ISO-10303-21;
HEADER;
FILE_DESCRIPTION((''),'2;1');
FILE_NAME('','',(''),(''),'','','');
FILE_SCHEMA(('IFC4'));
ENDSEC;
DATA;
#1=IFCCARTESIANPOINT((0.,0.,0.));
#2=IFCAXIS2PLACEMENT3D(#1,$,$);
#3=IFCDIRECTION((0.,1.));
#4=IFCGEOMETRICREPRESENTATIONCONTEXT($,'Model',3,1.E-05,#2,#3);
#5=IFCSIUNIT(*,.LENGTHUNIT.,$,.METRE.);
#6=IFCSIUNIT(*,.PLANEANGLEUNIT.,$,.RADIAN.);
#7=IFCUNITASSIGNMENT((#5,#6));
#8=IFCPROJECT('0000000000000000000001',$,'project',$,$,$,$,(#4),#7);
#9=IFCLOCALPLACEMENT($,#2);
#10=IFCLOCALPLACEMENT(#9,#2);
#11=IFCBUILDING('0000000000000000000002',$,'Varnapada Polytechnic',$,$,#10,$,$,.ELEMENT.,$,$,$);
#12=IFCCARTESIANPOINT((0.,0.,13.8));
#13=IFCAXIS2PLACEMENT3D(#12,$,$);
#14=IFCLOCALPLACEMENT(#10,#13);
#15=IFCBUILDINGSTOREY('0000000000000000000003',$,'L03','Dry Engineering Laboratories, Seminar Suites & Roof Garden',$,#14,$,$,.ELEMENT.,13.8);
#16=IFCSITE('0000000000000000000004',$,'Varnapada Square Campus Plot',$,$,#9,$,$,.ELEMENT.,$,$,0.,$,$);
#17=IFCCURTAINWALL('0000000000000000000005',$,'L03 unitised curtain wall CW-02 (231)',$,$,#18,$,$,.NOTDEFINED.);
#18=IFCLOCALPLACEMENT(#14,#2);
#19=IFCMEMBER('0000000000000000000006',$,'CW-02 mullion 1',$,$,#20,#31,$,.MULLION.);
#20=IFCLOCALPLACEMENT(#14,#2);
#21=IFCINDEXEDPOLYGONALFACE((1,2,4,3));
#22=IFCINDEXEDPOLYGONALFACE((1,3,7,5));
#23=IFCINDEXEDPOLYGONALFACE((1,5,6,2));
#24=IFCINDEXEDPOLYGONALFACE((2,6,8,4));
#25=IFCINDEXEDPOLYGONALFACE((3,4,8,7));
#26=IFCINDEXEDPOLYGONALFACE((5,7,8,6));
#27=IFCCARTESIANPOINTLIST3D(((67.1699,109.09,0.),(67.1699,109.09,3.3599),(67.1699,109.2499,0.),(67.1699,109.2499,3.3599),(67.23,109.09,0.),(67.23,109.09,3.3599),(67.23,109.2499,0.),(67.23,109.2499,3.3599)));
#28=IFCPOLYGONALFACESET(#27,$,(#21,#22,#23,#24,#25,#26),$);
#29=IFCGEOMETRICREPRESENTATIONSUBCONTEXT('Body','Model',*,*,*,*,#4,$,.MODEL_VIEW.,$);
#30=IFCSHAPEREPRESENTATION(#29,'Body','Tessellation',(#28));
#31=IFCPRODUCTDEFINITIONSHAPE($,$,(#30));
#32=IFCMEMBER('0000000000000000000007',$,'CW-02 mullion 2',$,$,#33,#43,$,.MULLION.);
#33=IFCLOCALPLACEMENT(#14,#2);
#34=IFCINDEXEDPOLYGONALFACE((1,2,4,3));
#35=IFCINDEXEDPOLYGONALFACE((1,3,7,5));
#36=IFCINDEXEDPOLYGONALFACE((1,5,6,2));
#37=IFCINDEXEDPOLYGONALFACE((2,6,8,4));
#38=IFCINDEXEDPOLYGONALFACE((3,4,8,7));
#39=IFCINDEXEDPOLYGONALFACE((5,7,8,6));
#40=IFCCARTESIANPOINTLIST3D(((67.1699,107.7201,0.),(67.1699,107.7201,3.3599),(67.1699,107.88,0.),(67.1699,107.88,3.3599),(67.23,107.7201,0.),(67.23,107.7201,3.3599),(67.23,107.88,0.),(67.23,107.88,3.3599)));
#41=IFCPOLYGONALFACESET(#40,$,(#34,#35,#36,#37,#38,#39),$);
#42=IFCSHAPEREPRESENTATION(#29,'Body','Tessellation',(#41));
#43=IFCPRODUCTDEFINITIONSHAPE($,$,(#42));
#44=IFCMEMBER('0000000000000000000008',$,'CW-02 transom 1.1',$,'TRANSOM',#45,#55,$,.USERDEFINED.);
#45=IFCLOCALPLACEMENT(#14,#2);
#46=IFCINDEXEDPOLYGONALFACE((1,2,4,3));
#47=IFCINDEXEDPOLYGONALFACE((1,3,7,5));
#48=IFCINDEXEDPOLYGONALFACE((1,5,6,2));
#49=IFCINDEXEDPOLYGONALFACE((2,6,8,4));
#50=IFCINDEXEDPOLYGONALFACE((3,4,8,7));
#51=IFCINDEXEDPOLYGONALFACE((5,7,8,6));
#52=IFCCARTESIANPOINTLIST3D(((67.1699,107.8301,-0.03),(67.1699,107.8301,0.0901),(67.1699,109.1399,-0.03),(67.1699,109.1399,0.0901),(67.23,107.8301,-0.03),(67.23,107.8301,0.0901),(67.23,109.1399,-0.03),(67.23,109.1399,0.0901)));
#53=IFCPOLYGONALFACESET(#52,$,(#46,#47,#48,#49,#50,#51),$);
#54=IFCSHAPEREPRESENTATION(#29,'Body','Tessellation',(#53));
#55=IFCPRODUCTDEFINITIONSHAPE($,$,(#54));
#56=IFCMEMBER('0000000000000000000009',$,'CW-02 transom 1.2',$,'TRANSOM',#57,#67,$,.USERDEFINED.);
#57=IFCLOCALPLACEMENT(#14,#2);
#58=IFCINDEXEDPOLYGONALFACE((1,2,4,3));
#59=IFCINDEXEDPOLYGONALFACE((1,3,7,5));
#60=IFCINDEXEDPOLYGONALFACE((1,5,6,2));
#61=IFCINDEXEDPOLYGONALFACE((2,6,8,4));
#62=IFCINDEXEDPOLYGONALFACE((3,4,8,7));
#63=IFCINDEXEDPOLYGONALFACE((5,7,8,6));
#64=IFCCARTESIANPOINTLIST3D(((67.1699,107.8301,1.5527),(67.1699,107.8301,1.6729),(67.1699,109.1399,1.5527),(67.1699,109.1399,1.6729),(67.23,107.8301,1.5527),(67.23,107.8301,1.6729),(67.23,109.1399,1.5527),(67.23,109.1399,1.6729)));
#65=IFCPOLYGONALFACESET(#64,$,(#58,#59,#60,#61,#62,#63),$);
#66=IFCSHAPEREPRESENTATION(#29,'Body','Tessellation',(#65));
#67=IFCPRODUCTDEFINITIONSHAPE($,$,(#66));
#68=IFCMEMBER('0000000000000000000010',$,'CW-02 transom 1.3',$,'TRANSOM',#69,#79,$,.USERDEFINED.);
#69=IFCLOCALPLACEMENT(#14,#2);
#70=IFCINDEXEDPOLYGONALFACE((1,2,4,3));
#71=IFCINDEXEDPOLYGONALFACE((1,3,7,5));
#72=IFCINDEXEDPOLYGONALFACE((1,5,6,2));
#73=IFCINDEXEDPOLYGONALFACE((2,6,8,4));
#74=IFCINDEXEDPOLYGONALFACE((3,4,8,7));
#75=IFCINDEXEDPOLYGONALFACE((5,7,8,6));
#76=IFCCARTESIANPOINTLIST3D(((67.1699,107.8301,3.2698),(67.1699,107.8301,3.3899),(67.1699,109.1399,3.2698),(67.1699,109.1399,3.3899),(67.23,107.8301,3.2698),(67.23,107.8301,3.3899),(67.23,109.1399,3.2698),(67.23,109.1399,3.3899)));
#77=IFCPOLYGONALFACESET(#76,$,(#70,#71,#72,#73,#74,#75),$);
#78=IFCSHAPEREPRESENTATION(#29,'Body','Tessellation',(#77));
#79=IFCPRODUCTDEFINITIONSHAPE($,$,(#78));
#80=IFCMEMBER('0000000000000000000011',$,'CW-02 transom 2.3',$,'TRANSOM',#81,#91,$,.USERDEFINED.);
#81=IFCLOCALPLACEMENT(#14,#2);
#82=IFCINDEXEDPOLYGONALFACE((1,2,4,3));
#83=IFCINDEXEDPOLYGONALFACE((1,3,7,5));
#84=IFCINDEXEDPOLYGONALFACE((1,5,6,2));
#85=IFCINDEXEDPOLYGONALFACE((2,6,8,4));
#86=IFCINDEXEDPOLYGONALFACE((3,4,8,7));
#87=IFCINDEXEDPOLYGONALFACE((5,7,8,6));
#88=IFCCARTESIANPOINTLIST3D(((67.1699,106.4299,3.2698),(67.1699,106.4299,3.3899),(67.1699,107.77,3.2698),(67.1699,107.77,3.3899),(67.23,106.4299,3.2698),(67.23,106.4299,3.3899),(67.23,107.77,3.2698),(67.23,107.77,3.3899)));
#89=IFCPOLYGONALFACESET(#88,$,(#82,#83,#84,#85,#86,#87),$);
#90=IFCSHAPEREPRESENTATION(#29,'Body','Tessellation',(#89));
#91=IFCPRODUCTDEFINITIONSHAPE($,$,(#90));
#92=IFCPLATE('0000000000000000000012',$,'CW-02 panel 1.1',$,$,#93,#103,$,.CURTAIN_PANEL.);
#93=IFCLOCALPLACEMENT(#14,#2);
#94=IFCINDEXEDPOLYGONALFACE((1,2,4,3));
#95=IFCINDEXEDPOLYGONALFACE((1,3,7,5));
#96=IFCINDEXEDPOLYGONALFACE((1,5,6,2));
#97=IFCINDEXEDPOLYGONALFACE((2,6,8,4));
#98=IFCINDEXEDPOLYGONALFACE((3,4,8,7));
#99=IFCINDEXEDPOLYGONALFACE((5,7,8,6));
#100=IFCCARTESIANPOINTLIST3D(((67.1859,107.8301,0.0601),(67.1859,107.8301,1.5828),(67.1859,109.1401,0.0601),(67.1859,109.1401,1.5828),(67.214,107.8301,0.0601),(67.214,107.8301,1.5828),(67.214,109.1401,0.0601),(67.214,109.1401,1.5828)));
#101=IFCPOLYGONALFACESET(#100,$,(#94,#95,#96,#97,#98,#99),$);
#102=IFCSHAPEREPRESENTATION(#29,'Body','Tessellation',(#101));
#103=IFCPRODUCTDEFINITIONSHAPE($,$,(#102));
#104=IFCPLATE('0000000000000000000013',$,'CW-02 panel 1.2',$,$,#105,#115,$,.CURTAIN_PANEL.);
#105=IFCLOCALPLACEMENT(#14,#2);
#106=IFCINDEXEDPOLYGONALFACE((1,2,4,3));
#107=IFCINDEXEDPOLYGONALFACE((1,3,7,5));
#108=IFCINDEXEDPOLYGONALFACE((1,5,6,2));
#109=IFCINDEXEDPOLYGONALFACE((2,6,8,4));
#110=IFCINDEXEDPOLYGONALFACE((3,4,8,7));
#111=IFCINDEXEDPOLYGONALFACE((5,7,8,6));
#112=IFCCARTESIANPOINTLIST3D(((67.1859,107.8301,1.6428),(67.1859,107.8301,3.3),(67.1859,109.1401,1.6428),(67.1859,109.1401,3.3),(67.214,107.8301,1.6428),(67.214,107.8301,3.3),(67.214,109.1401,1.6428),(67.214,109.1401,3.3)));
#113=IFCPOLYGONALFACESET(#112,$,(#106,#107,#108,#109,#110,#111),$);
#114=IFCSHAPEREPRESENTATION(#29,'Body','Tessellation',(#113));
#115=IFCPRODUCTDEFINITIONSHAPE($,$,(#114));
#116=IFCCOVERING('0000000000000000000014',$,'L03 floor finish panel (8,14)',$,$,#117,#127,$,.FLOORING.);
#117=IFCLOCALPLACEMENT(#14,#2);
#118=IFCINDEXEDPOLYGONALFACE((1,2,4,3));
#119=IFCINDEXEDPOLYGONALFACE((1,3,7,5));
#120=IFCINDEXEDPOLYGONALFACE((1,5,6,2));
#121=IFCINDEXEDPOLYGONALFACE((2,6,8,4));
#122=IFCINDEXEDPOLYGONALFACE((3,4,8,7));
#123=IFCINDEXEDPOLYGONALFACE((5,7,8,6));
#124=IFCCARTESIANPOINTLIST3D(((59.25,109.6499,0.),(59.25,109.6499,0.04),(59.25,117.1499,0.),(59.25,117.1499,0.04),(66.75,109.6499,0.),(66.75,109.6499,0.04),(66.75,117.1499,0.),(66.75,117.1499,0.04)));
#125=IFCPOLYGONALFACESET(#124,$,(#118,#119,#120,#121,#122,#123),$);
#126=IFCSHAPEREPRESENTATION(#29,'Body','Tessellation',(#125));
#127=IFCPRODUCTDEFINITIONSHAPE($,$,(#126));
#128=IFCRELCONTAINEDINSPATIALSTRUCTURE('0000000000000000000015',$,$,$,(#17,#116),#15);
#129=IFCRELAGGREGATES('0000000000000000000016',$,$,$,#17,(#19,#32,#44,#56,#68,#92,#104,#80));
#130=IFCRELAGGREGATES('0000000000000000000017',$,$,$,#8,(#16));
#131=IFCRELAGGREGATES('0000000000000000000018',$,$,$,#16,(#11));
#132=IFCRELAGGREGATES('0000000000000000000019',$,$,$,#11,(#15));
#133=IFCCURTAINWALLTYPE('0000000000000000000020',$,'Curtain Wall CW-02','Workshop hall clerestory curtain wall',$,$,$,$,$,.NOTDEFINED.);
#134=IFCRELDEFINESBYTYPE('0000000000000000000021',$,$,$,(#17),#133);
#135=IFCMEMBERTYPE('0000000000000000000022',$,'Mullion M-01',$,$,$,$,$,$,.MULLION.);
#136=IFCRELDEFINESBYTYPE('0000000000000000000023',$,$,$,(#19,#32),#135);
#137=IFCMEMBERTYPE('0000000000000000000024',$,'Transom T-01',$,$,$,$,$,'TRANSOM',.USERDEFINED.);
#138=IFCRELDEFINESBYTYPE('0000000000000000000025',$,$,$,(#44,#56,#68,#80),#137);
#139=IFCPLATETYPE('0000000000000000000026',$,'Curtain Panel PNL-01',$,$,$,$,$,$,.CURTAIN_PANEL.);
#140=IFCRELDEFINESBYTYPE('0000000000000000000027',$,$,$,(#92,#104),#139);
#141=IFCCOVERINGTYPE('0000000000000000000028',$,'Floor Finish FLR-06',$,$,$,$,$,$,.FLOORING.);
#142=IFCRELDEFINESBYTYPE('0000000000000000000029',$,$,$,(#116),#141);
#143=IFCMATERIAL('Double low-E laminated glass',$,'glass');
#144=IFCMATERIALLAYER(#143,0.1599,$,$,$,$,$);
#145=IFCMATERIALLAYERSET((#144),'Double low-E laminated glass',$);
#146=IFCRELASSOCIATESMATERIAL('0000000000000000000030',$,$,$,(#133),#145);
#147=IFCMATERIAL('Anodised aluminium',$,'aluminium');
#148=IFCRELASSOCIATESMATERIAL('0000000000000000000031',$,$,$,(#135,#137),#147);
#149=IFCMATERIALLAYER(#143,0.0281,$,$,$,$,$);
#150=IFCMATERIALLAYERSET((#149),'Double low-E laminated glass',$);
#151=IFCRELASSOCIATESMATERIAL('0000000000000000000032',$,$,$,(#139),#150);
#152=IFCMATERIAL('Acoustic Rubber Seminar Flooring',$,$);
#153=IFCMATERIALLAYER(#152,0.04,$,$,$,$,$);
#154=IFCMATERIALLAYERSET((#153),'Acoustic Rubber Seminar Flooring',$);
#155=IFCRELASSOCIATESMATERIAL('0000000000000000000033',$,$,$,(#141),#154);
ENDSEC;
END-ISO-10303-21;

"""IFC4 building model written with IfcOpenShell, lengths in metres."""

from ifc_helpers import new_model, si_unit, direction, frame, origin, origin_2d, place, context, subcontext, project, spatial, rectangle, extrude, material, layer, layer_set, material_profile, profile_set, type_object, element, aggregate, save


model = new_model("IFC4")

# Units and contexts
model_context = context("Model", 3, precision=1e-05, world=origin(), true_north=direction((0.0, 1.0)))
body_context = subcontext(model_context, "Body", "Model", "MODEL_VIEW")
ifc_project = project(units=[si_unit("LENGTHUNIT", "METRE"), si_unit("PLANEANGLEUNIT", "RADIAN")], contexts=[model_context])

# Site, building, storey
site_placement = place(None, origin())
site = spatial("IfcSite", under=ifc_project, at=site_placement, Name="Varnapada Square Campus Plot", CompositionType="ELEMENT", RefElevation=0.0)
building_placement = place(site_placement, origin())
building = spatial("IfcBuilding", under=site, at=building_placement, Name="Varnapada Polytechnic", CompositionType="ELEMENT")
storey_placement = place(building_placement, frame((0.0, 0.0, 13.8)))
storey = spatial("IfcBuildingStorey", under=building, at=storey_placement, Name="L03", Description="Dry Engineering Laboratories, Seminar Suites & Roof Garden", CompositionType="ELEMENT", Elevation=13.8)

# Curtain wall, members, plates
ifc_material_1 = material(Name="Double low-E laminated glass", Category="glass")
ifc_layer_1 = layer(ifc_material_1, 0.1599)
ifc_layer_set_1 = layer_set([ifc_layer_1], Name="Double low-E laminated glass")
curtain_wall_type = type_object("IfcCurtainWallType", Name="Curtain Wall CW-02", Description="Workshop hall clerestory curtain wall", PredefinedType="NOTDEFINED", material=ifc_layer_set_1)
curtain_wall_placement = place(storey_placement, origin())
curtain_wall = element("IfcCurtainWall", 1, at=curtain_wall_placement, inside=storey, type_object=curtain_wall_type, Name="L03 unitised curtain wall CW-02 (231)", PredefinedType="NOTDEFINED")
ifc_material_2 = material(Name="Anodised aluminium", Category="aluminium")
ifc_material_profile_1 = material_profile(ifc_material_2, rectangle(XDim=0.0601, YDim=0.1599, at=origin_2d()), Name="ALU M60x160")
ifc_profile_set_1 = profile_set([ifc_material_profile_1], Name="Anodised aluminium")
member_type_1 = type_object("IfcMemberType", Name="Mullion M-01", PredefinedType="MULLION", material=ifc_profile_set_1)
member_1_placement = place(storey_placement, frame((67.2, 109.1699, 0.0), z_axis=(0.0, 0.0, 1.0), x_axis=(1.0, 0.0, 0.0)))
member_1 = element("IfcMember", 2, at=member_1_placement, type_object=member_type_1, Name="CW-02 mullion 1", PredefinedType="MULLION", context=body_context, shape_type="SweptSolid", body=[
    extrude(rectangle(XDim=0.0601, YDim=0.1599, at=origin_2d()), origin(), (0.0, 0.0, 1.0), 3.3599),
])
member_2_placement = place(storey_placement, frame((67.2, 107.8, 0.0), z_axis=(0.0, 0.0, 1.0), x_axis=(1.0, 0.0, 0.0)))
member_2 = element("IfcMember", 3, at=member_2_placement, type_object=member_type_1, Name="CW-02 mullion 2", PredefinedType="MULLION", context=body_context, shape_type="SweptSolid", body=[
    extrude(rectangle(XDim=0.0601, YDim=0.1599, at=origin_2d()), origin(), (0.0, 0.0, 1.0), 3.3599),
])
ifc_material_profile_2 = material_profile(ifc_material_2, rectangle(XDim=0.0601, YDim=0.1201, at=origin_2d()), Name="ALU T60x120")
ifc_profile_set_2 = profile_set([ifc_material_profile_2], Name="Anodised aluminium")
member_type_2 = type_object("IfcMemberType", Name="Transom T-01", ElementType="TRANSOM", PredefinedType="USERDEFINED", material=ifc_profile_set_2)
member_3_placement = place(storey_placement, frame((67.2, 109.1399, 0.03), z_axis=(0.0, -1.0, 0.0), x_axis=(1.0, 0.0, 0.0)))
member_3 = element("IfcMember", 4, at=member_3_placement, type_object=member_type_2, Name="CW-02 transom 1.1", ObjectType="TRANSOM", PredefinedType="USERDEFINED", context=body_context, shape_type="SweptSolid", body=[
    extrude(rectangle(XDim=0.0601, YDim=0.1201, at=origin_2d()), origin(), (0.0, 0.0, 1.0), 1.3098),
])
member_4_placement = place(storey_placement, frame((67.2, 109.1399, 1.6128), z_axis=(0.0, -1.0, 0.0), x_axis=(1.0, 0.0, 0.0)))
member_4 = element("IfcMember", 5, at=member_4_placement, type_object=member_type_2, Name="CW-02 transom 1.2", ObjectType="TRANSOM", PredefinedType="USERDEFINED", context=body_context, shape_type="SweptSolid", body=[
    extrude(rectangle(XDim=0.0601, YDim=0.1201, at=origin_2d()), origin(), (0.0, 0.0, 1.0), 1.3098),
])
member_5_placement = place(storey_placement, frame((67.2, 109.1399, 3.3298), z_axis=(0.0, -1.0, 0.0), x_axis=(1.0, 0.0, 0.0)))
member_5 = element("IfcMember", 6, at=member_5_placement, type_object=member_type_2, Name="CW-02 transom 1.3", ObjectType="TRANSOM", PredefinedType="USERDEFINED", context=body_context, shape_type="SweptSolid", body=[
    extrude(rectangle(XDim=0.0601, YDim=0.1201, at=origin_2d()), origin(), (0.0, 0.0, 1.0), 1.3098),
])
member_6_placement = place(storey_placement, frame((67.2, 107.77, 3.3298), z_axis=(0.0, -1.0, 0.0), x_axis=(1.0, 0.0, 0.0)))
member_6 = element("IfcMember", 7, at=member_6_placement, type_object=member_type_2, Name="CW-02 transom 2.3", ObjectType="TRANSOM", PredefinedType="USERDEFINED", context=body_context, shape_type="SweptSolid", body=[
    extrude(rectangle(XDim=0.0601, YDim=0.1201, at=origin_2d()), origin(), (0.0, 0.0, 1.0), 1.3401),
])
ifc_layer_2 = layer(ifc_material_1, 0.0281)
ifc_layer_set_2 = layer_set([ifc_layer_2], Name="Double low-E laminated glass")
plate_type = type_object("IfcPlateType", Name="Curtain Panel PNL-01", PredefinedType="CURTAIN_PANEL", material=ifc_layer_set_2)
plate_1_placement = place(storey_placement, frame((67.2, 108.4851, 0.0601), z_axis=(0.0, 0.0, 1.0), x_axis=(0.0, -1.0, 0.0)))
plate_1 = element("IfcPlate", 8, at=plate_1_placement, type_object=plate_type, Name="CW-02 panel 1.1", PredefinedType="CURTAIN_PANEL", context=body_context, shape_type="SweptSolid", body=[
    extrude(rectangle(XDim=1.3101, YDim=0.0281, at=origin_2d()), origin(), (0.0, 0.0, 1.0), 1.5227),
])
plate_2_placement = place(storey_placement, frame((67.2, 108.4851, 1.6428), z_axis=(0.0, 0.0, 1.0), x_axis=(0.0, -1.0, 0.0)))
plate_2 = element("IfcPlate", 9, at=plate_2_placement, type_object=plate_type, Name="CW-02 panel 1.2", PredefinedType="CURTAIN_PANEL", context=body_context, shape_type="SweptSolid", body=[
    extrude(rectangle(XDim=1.3101, YDim=0.0281, at=origin_2d()), origin(), (0.0, 0.0, 1.0), 1.6572),
])
aggregate(curtain_wall, [member_1, member_2, member_3, member_4, member_5, plate_1, plate_2, member_6])

# Covering
ifc_material_3 = material(Name="Acoustic Rubber Seminar Flooring")
ifc_layer_3 = layer(ifc_material_3, 0.04)
ifc_layer_set_3 = layer_set([ifc_layer_3], Name="Acoustic Rubber Seminar Flooring")
covering_type_1 = type_object("IfcCoveringType", Name="Floor Finish FLR-06", PredefinedType="FLOORING", material=ifc_layer_set_3)
covering_1_placement = place(storey_placement, frame((63.0, 113.3999, 0.0), z_axis=(0.0, 0.0, 1.0), x_axis=(1.0, 0.0, 0.0)))
element("IfcCovering", 10, at=covering_1_placement, inside=storey, type_object=covering_type_1, Name="L03 floor finish panel (8,14)", PredefinedType="FLOORING", context=body_context, shape_type="SweptSolid", body=[
    extrude(rectangle(XDim=7.5, YDim=7.5, at=origin_2d()), origin(), (0.0, 0.0, 1.0), 0.04),
])

save(model, "model.ifc")
